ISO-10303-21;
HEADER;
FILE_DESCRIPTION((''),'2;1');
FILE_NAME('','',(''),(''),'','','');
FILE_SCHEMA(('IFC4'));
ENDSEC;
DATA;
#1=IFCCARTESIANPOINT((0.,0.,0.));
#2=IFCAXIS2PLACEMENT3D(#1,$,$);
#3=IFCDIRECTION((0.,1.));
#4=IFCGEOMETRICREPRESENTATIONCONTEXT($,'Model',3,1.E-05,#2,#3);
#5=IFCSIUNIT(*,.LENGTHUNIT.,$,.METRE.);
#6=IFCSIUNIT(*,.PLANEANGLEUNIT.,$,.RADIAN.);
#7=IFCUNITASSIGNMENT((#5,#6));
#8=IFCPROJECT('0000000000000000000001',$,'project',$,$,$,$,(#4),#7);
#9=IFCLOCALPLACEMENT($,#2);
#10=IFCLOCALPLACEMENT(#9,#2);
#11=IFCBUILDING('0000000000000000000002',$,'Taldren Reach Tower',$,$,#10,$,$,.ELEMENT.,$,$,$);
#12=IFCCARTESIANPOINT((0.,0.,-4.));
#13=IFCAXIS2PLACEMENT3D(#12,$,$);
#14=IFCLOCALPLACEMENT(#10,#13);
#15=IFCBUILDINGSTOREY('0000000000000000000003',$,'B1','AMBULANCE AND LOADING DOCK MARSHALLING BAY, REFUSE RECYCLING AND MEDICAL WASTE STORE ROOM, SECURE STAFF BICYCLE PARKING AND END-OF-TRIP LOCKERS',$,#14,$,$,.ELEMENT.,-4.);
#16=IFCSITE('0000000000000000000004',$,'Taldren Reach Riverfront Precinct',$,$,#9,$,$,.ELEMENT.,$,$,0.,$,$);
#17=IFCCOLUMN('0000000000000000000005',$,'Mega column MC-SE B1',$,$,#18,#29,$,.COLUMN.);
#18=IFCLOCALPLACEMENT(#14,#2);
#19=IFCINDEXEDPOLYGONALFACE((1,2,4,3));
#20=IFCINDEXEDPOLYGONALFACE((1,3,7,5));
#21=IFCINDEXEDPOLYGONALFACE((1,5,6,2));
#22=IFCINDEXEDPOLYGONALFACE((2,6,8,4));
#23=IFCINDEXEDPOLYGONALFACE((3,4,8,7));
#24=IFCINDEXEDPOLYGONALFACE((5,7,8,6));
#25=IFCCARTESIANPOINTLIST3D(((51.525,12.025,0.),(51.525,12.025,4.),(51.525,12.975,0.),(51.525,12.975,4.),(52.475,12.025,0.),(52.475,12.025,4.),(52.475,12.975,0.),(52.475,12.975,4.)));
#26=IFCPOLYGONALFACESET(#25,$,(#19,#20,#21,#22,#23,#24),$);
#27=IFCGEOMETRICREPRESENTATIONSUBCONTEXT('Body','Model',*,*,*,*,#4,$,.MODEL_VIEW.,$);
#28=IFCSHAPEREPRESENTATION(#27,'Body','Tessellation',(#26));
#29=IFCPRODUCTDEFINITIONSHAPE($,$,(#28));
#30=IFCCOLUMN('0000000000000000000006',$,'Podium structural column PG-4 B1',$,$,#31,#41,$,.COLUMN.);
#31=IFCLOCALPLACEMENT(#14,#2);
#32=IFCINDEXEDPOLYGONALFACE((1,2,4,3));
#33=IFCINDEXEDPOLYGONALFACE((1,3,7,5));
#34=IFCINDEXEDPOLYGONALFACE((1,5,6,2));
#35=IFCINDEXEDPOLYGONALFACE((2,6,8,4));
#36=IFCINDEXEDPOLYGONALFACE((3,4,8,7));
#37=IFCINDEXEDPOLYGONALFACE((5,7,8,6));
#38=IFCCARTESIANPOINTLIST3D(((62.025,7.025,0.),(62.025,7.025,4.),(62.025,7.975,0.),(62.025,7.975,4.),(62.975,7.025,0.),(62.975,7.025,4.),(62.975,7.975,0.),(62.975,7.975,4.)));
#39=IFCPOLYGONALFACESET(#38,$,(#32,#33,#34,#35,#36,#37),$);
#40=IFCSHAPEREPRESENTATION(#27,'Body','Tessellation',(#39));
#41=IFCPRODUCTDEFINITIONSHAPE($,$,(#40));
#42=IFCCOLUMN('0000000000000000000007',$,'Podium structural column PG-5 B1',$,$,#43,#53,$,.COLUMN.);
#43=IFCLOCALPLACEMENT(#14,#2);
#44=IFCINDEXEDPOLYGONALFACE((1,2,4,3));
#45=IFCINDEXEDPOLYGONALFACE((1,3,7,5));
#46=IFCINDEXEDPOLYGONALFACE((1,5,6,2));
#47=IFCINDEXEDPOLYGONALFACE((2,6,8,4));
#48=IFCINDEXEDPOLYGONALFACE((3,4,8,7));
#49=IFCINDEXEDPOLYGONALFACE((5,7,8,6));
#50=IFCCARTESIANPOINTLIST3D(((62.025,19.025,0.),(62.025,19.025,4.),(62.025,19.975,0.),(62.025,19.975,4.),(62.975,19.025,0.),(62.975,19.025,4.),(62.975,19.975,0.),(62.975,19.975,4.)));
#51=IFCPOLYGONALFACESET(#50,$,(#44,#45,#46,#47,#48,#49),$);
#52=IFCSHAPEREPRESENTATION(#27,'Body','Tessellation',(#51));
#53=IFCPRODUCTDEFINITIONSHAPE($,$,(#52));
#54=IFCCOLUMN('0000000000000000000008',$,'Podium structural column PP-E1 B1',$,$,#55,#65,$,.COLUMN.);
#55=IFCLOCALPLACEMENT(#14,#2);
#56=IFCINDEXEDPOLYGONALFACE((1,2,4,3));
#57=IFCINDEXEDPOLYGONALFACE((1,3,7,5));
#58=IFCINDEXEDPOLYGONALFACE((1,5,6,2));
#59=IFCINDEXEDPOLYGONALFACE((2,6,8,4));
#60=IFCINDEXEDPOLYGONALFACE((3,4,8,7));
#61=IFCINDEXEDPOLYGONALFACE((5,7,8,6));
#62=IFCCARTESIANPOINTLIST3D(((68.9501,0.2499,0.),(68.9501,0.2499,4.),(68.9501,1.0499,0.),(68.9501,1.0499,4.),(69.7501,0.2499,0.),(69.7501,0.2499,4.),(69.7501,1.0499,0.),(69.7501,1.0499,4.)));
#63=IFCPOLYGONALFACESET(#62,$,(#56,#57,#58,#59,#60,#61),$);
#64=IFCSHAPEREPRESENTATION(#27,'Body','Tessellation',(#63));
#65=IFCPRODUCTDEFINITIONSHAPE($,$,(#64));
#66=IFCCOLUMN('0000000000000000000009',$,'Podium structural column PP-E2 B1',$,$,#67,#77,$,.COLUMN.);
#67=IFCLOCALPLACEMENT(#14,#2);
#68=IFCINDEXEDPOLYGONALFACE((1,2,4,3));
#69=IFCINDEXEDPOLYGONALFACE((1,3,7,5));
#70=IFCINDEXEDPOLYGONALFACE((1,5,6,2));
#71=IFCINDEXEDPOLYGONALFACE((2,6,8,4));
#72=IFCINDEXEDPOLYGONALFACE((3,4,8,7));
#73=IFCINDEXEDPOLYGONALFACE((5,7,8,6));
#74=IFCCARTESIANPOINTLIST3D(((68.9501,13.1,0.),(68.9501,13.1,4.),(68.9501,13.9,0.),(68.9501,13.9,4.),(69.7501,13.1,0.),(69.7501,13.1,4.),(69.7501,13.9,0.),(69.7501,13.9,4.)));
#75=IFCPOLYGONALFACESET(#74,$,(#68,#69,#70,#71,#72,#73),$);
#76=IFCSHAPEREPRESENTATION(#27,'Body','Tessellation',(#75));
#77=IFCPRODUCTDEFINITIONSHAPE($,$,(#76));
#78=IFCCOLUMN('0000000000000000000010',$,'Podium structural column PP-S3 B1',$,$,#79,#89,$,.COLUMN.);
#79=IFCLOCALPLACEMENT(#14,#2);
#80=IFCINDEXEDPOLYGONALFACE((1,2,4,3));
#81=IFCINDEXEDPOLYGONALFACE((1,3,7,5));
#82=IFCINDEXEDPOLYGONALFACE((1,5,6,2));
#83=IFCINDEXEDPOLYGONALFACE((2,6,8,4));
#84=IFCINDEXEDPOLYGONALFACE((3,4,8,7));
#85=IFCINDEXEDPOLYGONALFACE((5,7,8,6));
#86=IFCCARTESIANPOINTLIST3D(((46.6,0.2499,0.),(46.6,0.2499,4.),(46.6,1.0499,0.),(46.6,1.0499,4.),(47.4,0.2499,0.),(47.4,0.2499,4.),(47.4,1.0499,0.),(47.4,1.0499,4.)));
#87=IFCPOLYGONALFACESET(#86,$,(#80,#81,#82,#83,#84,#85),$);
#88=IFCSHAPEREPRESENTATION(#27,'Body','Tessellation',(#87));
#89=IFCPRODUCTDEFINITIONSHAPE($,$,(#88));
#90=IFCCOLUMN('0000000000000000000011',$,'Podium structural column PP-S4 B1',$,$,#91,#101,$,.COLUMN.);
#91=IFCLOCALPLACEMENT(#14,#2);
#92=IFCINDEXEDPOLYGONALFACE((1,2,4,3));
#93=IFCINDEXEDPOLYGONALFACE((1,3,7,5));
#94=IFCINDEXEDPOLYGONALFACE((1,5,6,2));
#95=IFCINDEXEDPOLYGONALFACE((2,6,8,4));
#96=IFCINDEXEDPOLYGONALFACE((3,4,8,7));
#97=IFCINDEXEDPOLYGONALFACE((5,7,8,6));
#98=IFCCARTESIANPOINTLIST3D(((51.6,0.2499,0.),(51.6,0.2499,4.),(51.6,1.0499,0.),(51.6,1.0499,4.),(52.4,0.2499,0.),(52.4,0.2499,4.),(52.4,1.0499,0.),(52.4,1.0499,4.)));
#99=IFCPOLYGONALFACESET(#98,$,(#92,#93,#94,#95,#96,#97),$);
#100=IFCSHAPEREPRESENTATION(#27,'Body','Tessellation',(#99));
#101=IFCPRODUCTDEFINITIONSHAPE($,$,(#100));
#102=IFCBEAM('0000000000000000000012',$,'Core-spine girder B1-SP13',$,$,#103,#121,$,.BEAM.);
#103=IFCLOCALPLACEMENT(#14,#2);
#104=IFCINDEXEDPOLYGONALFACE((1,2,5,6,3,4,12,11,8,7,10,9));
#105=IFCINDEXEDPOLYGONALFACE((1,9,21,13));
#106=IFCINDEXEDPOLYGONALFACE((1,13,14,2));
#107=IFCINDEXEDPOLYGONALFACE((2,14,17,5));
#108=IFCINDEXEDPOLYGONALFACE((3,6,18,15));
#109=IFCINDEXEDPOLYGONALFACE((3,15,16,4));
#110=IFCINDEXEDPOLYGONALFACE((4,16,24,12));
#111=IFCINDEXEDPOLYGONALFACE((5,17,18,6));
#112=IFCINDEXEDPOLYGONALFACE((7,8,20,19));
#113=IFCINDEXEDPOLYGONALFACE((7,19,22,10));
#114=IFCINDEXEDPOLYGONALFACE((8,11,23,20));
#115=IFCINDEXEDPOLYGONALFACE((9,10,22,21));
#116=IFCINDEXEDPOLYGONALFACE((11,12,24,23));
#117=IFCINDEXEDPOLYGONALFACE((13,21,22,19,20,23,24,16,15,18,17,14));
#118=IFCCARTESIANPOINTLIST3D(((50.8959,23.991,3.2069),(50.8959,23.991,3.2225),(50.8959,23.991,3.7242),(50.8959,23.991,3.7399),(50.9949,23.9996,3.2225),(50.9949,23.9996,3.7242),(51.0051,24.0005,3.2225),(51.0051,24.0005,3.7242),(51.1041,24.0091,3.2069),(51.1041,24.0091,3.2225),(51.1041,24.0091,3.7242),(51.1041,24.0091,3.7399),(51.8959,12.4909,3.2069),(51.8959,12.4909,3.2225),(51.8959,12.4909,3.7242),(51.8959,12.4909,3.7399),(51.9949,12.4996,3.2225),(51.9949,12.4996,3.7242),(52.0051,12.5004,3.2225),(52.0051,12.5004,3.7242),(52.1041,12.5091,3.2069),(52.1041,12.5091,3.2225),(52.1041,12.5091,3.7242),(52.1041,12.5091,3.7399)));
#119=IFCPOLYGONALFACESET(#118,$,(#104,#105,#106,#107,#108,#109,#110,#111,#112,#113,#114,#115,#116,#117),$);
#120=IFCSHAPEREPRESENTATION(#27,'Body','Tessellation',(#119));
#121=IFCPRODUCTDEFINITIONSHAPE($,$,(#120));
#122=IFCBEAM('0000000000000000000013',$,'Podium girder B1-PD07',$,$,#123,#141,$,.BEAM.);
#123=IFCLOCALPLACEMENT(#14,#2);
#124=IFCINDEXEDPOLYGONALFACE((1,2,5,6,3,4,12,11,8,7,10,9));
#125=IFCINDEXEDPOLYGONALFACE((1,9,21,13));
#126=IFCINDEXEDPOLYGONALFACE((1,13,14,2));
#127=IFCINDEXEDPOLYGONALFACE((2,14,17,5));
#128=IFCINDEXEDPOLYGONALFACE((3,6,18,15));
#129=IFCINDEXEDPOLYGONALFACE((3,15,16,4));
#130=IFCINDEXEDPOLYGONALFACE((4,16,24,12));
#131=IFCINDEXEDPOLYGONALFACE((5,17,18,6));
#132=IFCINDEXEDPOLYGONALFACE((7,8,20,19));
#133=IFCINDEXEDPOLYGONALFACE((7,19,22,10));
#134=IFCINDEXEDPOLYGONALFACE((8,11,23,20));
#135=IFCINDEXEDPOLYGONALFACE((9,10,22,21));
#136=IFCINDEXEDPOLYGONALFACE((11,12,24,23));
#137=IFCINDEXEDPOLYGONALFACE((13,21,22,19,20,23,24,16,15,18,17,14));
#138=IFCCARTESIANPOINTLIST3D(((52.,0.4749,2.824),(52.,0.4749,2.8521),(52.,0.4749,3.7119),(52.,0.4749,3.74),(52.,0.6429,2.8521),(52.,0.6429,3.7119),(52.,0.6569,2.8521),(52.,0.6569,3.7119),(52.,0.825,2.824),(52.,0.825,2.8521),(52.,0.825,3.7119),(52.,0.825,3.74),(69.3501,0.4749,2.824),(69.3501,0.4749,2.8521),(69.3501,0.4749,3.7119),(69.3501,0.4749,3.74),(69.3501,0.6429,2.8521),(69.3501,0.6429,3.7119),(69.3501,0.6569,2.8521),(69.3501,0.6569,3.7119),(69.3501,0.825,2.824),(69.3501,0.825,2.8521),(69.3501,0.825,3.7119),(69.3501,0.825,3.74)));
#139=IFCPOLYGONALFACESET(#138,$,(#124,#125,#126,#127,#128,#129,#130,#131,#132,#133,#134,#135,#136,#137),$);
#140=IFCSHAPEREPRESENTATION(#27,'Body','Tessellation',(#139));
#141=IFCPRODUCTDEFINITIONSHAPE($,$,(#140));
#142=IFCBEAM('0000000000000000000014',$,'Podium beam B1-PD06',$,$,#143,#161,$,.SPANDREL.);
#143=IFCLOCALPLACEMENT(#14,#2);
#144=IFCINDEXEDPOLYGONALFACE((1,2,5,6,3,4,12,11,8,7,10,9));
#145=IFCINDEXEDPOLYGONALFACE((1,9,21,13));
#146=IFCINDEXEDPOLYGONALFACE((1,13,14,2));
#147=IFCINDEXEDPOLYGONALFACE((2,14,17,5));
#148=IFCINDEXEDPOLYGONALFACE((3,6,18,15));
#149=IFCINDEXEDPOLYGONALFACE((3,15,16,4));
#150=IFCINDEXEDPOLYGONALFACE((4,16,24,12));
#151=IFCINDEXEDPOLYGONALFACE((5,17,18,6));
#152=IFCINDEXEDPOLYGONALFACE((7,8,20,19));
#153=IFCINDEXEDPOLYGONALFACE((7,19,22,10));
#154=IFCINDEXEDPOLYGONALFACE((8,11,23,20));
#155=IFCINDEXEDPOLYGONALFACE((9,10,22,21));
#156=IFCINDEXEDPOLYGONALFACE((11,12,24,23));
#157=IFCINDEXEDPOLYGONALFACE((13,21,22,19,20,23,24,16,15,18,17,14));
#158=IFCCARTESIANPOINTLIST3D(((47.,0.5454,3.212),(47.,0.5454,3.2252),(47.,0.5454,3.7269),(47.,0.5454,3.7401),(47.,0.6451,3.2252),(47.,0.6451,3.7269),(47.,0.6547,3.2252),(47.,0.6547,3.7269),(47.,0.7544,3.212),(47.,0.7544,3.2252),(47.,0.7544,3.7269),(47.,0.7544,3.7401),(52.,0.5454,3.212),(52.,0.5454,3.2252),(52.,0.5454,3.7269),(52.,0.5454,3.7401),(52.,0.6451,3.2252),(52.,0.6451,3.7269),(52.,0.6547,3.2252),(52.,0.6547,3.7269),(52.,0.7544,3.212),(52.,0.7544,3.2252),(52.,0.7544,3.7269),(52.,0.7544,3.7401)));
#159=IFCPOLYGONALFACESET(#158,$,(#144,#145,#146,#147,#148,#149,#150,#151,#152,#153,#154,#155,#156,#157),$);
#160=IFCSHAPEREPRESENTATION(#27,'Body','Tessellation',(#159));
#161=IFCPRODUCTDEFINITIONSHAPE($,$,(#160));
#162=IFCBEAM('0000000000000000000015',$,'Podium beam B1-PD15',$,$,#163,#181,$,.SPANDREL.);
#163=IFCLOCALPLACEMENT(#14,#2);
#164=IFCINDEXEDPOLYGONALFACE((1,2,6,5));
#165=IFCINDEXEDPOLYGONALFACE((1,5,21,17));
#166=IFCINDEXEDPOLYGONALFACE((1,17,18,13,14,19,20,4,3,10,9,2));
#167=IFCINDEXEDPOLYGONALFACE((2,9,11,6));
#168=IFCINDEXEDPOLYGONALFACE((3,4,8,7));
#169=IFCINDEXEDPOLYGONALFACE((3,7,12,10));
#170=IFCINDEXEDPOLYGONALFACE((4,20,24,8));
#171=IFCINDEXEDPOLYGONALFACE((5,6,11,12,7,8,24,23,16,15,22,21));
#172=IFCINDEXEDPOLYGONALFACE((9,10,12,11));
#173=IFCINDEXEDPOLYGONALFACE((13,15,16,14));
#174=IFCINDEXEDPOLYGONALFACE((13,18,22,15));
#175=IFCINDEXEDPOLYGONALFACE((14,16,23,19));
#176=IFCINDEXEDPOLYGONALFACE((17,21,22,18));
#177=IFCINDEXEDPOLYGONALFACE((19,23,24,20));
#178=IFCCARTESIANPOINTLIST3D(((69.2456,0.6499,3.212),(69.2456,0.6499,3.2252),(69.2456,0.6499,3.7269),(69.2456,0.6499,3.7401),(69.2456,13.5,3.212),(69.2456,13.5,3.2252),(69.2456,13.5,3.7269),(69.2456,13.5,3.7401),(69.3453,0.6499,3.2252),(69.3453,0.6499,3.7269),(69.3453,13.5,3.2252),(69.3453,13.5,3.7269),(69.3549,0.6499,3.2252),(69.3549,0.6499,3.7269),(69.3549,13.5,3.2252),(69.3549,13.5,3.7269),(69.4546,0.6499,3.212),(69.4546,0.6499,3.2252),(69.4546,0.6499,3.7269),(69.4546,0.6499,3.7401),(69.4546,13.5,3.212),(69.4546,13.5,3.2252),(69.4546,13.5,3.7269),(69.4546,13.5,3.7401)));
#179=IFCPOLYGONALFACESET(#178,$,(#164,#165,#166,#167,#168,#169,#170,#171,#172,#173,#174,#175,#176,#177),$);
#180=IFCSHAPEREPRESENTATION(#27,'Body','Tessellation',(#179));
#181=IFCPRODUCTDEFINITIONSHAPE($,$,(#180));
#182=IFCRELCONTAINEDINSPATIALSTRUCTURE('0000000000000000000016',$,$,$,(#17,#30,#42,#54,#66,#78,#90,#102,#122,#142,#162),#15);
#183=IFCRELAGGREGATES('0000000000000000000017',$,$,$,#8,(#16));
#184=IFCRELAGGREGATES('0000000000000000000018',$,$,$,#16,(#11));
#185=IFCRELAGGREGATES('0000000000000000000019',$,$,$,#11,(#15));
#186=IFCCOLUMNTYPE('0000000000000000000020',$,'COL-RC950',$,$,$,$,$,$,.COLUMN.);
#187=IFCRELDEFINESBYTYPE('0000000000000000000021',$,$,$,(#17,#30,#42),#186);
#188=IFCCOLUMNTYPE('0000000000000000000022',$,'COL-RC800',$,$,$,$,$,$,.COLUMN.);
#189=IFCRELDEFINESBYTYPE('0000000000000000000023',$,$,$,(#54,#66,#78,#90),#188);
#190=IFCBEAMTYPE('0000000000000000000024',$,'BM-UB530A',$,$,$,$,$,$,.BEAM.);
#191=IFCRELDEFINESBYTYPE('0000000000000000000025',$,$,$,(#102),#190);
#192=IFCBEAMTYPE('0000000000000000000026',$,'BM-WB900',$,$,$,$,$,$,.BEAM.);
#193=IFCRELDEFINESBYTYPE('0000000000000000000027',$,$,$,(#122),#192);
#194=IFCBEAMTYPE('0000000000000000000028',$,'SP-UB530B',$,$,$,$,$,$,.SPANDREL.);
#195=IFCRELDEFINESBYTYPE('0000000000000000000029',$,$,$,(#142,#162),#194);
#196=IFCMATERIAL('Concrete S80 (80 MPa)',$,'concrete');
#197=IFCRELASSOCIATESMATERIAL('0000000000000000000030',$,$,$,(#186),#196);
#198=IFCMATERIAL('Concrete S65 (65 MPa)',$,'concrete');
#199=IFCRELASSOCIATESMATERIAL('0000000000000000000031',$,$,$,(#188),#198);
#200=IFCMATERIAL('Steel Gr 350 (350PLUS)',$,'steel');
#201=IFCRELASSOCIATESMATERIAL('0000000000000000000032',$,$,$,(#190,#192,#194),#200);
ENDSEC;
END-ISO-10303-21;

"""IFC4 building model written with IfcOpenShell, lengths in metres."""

from ifc_helpers import new_model, si_unit, direction, frame, origin, origin_2d, place, context, subcontext, project, spatial, rectangle, i_section, extrude, source, transform, mapped, material, material_profile, profile_set, type_object, element, save


model = new_model("IFC4")

# Units and contexts
model_context = context("Model", 3, precision=1e-05, world=origin(), true_north=direction((0.0, 1.0)))
body_context = subcontext(model_context, "Body", "Model", "MODEL_VIEW")
ifc_project = project(units=[si_unit("LENGTHUNIT", "METRE"), si_unit("PLANEANGLEUNIT", "RADIAN")], contexts=[model_context])

# Site, building, storey
site_placement = place(None, origin())
site = spatial("IfcSite", under=ifc_project, at=site_placement, Name="Taldren Reach Riverfront Precinct", CompositionType="ELEMENT", RefElevation=0.0)
building_placement = place(site_placement, origin())
building = spatial("IfcBuilding", under=site, at=building_placement, Name="Taldren Reach Tower", CompositionType="ELEMENT")
storey_placement = place(building_placement, frame((0.0, 0.0, -4.0)))
storey = spatial("IfcBuildingStorey", under=building, at=storey_placement, Name="B1", Description="AMBULANCE AND LOADING DOCK MARSHALLING BAY, REFUSE RECYCLING AND MEDICAL WASTE STORE ROOM, SECURE STAFF BICYCLE PARKING AND END-OF-TRIP LOCKERS", CompositionType="ELEMENT", Elevation=-4.0)

# Columns
ifc_material_1 = material(Name="Concrete S80 (80 MPa)", Category="concrete")
ifc_material_profile_1 = material_profile(ifc_material_1, rectangle(XDim=0.95, YDim=0.95, at=origin_2d()), Name="RC-950x950")
ifc_profile_set_1 = profile_set([ifc_material_profile_1], Name="Concrete S80 (80 MPa)")
column_type_1 = type_object("IfcColumnType", Name="COL-RC950", PredefinedType="COLUMN", material=ifc_profile_set_1)
shared_shape_1 = source(origin(), body_context, "Body", "SweptSolid", [
    extrude(rectangle(XDim=0.95, YDim=0.95, at=origin_2d()), origin(), (0.0, 0.0, 1.0), 4.0),
])
for number, where, z_axis, x_axis, name in (
    (1, (52.0, 12.5, 0.0), (0.0, 0.0, 1.0), (1.0, 0.0, 0.0), "Mega column MC-SE B1"),
    (2, (62.5, 7.5, 0.0), (0.0, 0.0, 1.0), (1.0, 0.0, 0.0), "Podium structural column PG-4 B1"),
    (3, (62.5, 19.5, 0.0), (0.0, 0.0, 1.0), (1.0, 0.0, 0.0), "Podium structural column PG-5 B1"),
):
    element("IfcColumn", number, at=place(storey_placement, frame(where, z_axis=z_axis, x_axis=x_axis)), inside=storey, type_object=column_type_1, Name=name, PredefinedType="COLUMN", context=body_context, shape_type="MappedRepresentation", body=[
        mapped(shared_shape_1, transform((0.0, 0.0, 0.0), scale=1.0)),
    ])
ifc_material_2 = material(Name="Concrete S65 (65 MPa)", Category="concrete")
ifc_material_profile_2 = material_profile(ifc_material_2, rectangle(XDim=0.8, YDim=0.8, at=origin_2d()), Name="RC-800x800")
ifc_profile_set_2 = profile_set([ifc_material_profile_2], Name="Concrete S65 (65 MPa)")
column_type_2 = type_object("IfcColumnType", Name="COL-RC800", PredefinedType="COLUMN", material=ifc_profile_set_2)
shared_shape_2 = source(origin(), body_context, "Body", "SweptSolid", [
    extrude(rectangle(XDim=0.8, YDim=0.8, at=origin_2d()), origin(), (0.0, 0.0, 1.0), 4.0),
])
for number, where, z_axis, x_axis, name in (
    (4, (69.3501, 0.6499, 0.0), (0.0, 0.0, 1.0), (1.0, 0.0, 0.0), "Podium structural column PP-E1 B1"),
    (5, (69.3501, 13.5, 0.0), (0.0, 0.0, 1.0), (1.0, 0.0, 0.0), "Podium structural column PP-E2 B1"),
    (6, (47.0, 0.6499, 0.0), (0.0, 0.0, 1.0), (1.0, 0.0, 0.0), "Podium structural column PP-S3 B1"),
    (7, (52.0, 0.6499, 0.0), (0.0, 0.0, 1.0), (1.0, 0.0, 0.0), "Podium structural column PP-S4 B1"),
):
    element("IfcColumn", number, at=place(storey_placement, frame(where, z_axis=z_axis, x_axis=x_axis)), inside=storey, type_object=column_type_2, Name=name, PredefinedType="COLUMN", context=body_context, shape_type="MappedRepresentation", body=[
        mapped(shared_shape_2, transform((0.0, 0.0, 0.0), scale=1.0)),
    ])

# Beams
ifc_material_3 = material(Name="Steel Gr 350 (350PLUS)", Category="steel")
ifc_material_profile_3 = material_profile(ifc_material_3, i_section(OverallWidth=0.209, OverallDepth=0.533, WebThickness=0.0103, FlangeThickness=0.0156, at=origin_2d()), Name="530UB92.4")
ifc_profile_set_3 = profile_set([ifc_material_profile_3], Name="Steel Gr 350 (350PLUS)")
beam_type_1 = type_object("IfcBeamType", Name="BM-UB530A", PredefinedType="BEAM", material=ifc_profile_set_3)
shared_shape_3 = source(origin(), body_context, "Body", "SweptSolid", [
    extrude(i_section(OverallWidth=0.209, OverallDepth=0.533, WebThickness=0.0103, FlangeThickness=0.0156, at=origin_2d()), origin(), (0.0, 0.0, 1.0), 11.5435),
])
beam_1_placement = place(storey_placement, frame((52.0, 12.5, 3.4734), z_axis=(-0.08663, 0.996241, 0.0), x_axis=(-0.996241, -0.08663, 0.0)))
element("IfcBeam", 8, at=beam_1_placement, inside=storey, type_object=beam_type_1, Name="Core-spine girder B1-SP13", PredefinedType="BEAM", context=body_context, shape_type="MappedRepresentation", body=[
    mapped(shared_shape_3, transform((0.0, 0.0, 0.0), scale=1.0)),
])
ifc_material_profile_4 = material_profile(ifc_material_3, i_section(OverallWidth=0.3501, OverallDepth=0.916, WebThickness=0.0139, FlangeThickness=0.0281, at=origin_2d()), Name="900WB257")
ifc_profile_set_4 = profile_set([ifc_material_profile_4], Name="Steel Gr 350 (350PLUS)")
beam_type_2 = type_object("IfcBeamType", Name="BM-WB900", PredefinedType="BEAM", material=ifc_profile_set_4)
shared_shape_4 = source(origin(), body_context, "Body", "SweptSolid", [
    extrude(i_section(OverallWidth=0.3501, OverallDepth=0.916, WebThickness=0.0139, FlangeThickness=0.0281, at=origin_2d()), origin(), (0.0, 0.0, 1.0), 17.3501),
])
beam_2_placement = place(storey_placement, frame((52.0, 0.6499, 3.282), z_axis=(1.0, 0.0, 0.0), x_axis=(0.0, 1.0, 0.0)))
element("IfcBeam", 9, at=beam_2_placement, inside=storey, type_object=beam_type_2, Name="Podium girder B1-PD07", PredefinedType="BEAM", context=body_context, shape_type="MappedRepresentation", body=[
    mapped(shared_shape_4, transform((0.0, 0.0, 0.0), scale=1.0)),
])
ifc_material_profile_5 = material_profile(ifc_material_3, i_section(OverallWidth=0.209, OverallDepth=0.5281, WebThickness=0.0095, FlangeThickness=0.0132, at=origin_2d()), Name="530UB82.0")
ifc_profile_set_5 = profile_set([ifc_material_profile_5], Name="Steel Gr 350 (350PLUS)")
beam_type_3 = type_object("IfcBeamType", Name="SP-UB530B", PredefinedType="SPANDREL", material=ifc_profile_set_5)
shared_shape_5 = source(origin(), body_context, "Body", "SweptSolid", [
    extrude(i_section(OverallWidth=0.209, OverallDepth=0.5281, WebThickness=0.0095, FlangeThickness=0.0132, at=origin_2d()), origin(), (0.0, 0.0, 1.0), 5.0),
])
beam_3_placement = place(storey_placement, frame((47.0, 0.6499, 3.4761), z_axis=(1.0, 0.0, 0.0), x_axis=(0.0, 1.0, 0.0)))
element("IfcBeam", 10, at=beam_3_placement, inside=storey, type_object=beam_type_3, Name="Podium beam B1-PD06", PredefinedType="SPANDREL", context=body_context, shape_type="MappedRepresentation", body=[
    mapped(shared_shape_5, transform((0.0, 0.0, 0.0), scale=1.0)),
])
shared_shape_6 = source(origin(), body_context, "Body", "SweptSolid", [
    extrude(i_section(OverallWidth=0.209, OverallDepth=0.5281, WebThickness=0.0095, FlangeThickness=0.0132, at=origin_2d()), origin(), (0.0, 0.0, 1.0), 12.8501),
])
beam_4_placement = place(storey_placement, frame((69.3501, 0.6499, 3.4761), z_axis=(0.0, 1.0, 0.0), x_axis=(-1.0, 0.0, 0.0)))
element("IfcBeam", 11, at=beam_4_placement, inside=storey, type_object=beam_type_3, Name="Podium beam B1-PD15", PredefinedType="SPANDREL", context=body_context, shape_type="MappedRepresentation", body=[
    mapped(shared_shape_6, transform((0.0, 0.0, 0.0), scale=1.0)),
])

save(model, "model.ifc")
